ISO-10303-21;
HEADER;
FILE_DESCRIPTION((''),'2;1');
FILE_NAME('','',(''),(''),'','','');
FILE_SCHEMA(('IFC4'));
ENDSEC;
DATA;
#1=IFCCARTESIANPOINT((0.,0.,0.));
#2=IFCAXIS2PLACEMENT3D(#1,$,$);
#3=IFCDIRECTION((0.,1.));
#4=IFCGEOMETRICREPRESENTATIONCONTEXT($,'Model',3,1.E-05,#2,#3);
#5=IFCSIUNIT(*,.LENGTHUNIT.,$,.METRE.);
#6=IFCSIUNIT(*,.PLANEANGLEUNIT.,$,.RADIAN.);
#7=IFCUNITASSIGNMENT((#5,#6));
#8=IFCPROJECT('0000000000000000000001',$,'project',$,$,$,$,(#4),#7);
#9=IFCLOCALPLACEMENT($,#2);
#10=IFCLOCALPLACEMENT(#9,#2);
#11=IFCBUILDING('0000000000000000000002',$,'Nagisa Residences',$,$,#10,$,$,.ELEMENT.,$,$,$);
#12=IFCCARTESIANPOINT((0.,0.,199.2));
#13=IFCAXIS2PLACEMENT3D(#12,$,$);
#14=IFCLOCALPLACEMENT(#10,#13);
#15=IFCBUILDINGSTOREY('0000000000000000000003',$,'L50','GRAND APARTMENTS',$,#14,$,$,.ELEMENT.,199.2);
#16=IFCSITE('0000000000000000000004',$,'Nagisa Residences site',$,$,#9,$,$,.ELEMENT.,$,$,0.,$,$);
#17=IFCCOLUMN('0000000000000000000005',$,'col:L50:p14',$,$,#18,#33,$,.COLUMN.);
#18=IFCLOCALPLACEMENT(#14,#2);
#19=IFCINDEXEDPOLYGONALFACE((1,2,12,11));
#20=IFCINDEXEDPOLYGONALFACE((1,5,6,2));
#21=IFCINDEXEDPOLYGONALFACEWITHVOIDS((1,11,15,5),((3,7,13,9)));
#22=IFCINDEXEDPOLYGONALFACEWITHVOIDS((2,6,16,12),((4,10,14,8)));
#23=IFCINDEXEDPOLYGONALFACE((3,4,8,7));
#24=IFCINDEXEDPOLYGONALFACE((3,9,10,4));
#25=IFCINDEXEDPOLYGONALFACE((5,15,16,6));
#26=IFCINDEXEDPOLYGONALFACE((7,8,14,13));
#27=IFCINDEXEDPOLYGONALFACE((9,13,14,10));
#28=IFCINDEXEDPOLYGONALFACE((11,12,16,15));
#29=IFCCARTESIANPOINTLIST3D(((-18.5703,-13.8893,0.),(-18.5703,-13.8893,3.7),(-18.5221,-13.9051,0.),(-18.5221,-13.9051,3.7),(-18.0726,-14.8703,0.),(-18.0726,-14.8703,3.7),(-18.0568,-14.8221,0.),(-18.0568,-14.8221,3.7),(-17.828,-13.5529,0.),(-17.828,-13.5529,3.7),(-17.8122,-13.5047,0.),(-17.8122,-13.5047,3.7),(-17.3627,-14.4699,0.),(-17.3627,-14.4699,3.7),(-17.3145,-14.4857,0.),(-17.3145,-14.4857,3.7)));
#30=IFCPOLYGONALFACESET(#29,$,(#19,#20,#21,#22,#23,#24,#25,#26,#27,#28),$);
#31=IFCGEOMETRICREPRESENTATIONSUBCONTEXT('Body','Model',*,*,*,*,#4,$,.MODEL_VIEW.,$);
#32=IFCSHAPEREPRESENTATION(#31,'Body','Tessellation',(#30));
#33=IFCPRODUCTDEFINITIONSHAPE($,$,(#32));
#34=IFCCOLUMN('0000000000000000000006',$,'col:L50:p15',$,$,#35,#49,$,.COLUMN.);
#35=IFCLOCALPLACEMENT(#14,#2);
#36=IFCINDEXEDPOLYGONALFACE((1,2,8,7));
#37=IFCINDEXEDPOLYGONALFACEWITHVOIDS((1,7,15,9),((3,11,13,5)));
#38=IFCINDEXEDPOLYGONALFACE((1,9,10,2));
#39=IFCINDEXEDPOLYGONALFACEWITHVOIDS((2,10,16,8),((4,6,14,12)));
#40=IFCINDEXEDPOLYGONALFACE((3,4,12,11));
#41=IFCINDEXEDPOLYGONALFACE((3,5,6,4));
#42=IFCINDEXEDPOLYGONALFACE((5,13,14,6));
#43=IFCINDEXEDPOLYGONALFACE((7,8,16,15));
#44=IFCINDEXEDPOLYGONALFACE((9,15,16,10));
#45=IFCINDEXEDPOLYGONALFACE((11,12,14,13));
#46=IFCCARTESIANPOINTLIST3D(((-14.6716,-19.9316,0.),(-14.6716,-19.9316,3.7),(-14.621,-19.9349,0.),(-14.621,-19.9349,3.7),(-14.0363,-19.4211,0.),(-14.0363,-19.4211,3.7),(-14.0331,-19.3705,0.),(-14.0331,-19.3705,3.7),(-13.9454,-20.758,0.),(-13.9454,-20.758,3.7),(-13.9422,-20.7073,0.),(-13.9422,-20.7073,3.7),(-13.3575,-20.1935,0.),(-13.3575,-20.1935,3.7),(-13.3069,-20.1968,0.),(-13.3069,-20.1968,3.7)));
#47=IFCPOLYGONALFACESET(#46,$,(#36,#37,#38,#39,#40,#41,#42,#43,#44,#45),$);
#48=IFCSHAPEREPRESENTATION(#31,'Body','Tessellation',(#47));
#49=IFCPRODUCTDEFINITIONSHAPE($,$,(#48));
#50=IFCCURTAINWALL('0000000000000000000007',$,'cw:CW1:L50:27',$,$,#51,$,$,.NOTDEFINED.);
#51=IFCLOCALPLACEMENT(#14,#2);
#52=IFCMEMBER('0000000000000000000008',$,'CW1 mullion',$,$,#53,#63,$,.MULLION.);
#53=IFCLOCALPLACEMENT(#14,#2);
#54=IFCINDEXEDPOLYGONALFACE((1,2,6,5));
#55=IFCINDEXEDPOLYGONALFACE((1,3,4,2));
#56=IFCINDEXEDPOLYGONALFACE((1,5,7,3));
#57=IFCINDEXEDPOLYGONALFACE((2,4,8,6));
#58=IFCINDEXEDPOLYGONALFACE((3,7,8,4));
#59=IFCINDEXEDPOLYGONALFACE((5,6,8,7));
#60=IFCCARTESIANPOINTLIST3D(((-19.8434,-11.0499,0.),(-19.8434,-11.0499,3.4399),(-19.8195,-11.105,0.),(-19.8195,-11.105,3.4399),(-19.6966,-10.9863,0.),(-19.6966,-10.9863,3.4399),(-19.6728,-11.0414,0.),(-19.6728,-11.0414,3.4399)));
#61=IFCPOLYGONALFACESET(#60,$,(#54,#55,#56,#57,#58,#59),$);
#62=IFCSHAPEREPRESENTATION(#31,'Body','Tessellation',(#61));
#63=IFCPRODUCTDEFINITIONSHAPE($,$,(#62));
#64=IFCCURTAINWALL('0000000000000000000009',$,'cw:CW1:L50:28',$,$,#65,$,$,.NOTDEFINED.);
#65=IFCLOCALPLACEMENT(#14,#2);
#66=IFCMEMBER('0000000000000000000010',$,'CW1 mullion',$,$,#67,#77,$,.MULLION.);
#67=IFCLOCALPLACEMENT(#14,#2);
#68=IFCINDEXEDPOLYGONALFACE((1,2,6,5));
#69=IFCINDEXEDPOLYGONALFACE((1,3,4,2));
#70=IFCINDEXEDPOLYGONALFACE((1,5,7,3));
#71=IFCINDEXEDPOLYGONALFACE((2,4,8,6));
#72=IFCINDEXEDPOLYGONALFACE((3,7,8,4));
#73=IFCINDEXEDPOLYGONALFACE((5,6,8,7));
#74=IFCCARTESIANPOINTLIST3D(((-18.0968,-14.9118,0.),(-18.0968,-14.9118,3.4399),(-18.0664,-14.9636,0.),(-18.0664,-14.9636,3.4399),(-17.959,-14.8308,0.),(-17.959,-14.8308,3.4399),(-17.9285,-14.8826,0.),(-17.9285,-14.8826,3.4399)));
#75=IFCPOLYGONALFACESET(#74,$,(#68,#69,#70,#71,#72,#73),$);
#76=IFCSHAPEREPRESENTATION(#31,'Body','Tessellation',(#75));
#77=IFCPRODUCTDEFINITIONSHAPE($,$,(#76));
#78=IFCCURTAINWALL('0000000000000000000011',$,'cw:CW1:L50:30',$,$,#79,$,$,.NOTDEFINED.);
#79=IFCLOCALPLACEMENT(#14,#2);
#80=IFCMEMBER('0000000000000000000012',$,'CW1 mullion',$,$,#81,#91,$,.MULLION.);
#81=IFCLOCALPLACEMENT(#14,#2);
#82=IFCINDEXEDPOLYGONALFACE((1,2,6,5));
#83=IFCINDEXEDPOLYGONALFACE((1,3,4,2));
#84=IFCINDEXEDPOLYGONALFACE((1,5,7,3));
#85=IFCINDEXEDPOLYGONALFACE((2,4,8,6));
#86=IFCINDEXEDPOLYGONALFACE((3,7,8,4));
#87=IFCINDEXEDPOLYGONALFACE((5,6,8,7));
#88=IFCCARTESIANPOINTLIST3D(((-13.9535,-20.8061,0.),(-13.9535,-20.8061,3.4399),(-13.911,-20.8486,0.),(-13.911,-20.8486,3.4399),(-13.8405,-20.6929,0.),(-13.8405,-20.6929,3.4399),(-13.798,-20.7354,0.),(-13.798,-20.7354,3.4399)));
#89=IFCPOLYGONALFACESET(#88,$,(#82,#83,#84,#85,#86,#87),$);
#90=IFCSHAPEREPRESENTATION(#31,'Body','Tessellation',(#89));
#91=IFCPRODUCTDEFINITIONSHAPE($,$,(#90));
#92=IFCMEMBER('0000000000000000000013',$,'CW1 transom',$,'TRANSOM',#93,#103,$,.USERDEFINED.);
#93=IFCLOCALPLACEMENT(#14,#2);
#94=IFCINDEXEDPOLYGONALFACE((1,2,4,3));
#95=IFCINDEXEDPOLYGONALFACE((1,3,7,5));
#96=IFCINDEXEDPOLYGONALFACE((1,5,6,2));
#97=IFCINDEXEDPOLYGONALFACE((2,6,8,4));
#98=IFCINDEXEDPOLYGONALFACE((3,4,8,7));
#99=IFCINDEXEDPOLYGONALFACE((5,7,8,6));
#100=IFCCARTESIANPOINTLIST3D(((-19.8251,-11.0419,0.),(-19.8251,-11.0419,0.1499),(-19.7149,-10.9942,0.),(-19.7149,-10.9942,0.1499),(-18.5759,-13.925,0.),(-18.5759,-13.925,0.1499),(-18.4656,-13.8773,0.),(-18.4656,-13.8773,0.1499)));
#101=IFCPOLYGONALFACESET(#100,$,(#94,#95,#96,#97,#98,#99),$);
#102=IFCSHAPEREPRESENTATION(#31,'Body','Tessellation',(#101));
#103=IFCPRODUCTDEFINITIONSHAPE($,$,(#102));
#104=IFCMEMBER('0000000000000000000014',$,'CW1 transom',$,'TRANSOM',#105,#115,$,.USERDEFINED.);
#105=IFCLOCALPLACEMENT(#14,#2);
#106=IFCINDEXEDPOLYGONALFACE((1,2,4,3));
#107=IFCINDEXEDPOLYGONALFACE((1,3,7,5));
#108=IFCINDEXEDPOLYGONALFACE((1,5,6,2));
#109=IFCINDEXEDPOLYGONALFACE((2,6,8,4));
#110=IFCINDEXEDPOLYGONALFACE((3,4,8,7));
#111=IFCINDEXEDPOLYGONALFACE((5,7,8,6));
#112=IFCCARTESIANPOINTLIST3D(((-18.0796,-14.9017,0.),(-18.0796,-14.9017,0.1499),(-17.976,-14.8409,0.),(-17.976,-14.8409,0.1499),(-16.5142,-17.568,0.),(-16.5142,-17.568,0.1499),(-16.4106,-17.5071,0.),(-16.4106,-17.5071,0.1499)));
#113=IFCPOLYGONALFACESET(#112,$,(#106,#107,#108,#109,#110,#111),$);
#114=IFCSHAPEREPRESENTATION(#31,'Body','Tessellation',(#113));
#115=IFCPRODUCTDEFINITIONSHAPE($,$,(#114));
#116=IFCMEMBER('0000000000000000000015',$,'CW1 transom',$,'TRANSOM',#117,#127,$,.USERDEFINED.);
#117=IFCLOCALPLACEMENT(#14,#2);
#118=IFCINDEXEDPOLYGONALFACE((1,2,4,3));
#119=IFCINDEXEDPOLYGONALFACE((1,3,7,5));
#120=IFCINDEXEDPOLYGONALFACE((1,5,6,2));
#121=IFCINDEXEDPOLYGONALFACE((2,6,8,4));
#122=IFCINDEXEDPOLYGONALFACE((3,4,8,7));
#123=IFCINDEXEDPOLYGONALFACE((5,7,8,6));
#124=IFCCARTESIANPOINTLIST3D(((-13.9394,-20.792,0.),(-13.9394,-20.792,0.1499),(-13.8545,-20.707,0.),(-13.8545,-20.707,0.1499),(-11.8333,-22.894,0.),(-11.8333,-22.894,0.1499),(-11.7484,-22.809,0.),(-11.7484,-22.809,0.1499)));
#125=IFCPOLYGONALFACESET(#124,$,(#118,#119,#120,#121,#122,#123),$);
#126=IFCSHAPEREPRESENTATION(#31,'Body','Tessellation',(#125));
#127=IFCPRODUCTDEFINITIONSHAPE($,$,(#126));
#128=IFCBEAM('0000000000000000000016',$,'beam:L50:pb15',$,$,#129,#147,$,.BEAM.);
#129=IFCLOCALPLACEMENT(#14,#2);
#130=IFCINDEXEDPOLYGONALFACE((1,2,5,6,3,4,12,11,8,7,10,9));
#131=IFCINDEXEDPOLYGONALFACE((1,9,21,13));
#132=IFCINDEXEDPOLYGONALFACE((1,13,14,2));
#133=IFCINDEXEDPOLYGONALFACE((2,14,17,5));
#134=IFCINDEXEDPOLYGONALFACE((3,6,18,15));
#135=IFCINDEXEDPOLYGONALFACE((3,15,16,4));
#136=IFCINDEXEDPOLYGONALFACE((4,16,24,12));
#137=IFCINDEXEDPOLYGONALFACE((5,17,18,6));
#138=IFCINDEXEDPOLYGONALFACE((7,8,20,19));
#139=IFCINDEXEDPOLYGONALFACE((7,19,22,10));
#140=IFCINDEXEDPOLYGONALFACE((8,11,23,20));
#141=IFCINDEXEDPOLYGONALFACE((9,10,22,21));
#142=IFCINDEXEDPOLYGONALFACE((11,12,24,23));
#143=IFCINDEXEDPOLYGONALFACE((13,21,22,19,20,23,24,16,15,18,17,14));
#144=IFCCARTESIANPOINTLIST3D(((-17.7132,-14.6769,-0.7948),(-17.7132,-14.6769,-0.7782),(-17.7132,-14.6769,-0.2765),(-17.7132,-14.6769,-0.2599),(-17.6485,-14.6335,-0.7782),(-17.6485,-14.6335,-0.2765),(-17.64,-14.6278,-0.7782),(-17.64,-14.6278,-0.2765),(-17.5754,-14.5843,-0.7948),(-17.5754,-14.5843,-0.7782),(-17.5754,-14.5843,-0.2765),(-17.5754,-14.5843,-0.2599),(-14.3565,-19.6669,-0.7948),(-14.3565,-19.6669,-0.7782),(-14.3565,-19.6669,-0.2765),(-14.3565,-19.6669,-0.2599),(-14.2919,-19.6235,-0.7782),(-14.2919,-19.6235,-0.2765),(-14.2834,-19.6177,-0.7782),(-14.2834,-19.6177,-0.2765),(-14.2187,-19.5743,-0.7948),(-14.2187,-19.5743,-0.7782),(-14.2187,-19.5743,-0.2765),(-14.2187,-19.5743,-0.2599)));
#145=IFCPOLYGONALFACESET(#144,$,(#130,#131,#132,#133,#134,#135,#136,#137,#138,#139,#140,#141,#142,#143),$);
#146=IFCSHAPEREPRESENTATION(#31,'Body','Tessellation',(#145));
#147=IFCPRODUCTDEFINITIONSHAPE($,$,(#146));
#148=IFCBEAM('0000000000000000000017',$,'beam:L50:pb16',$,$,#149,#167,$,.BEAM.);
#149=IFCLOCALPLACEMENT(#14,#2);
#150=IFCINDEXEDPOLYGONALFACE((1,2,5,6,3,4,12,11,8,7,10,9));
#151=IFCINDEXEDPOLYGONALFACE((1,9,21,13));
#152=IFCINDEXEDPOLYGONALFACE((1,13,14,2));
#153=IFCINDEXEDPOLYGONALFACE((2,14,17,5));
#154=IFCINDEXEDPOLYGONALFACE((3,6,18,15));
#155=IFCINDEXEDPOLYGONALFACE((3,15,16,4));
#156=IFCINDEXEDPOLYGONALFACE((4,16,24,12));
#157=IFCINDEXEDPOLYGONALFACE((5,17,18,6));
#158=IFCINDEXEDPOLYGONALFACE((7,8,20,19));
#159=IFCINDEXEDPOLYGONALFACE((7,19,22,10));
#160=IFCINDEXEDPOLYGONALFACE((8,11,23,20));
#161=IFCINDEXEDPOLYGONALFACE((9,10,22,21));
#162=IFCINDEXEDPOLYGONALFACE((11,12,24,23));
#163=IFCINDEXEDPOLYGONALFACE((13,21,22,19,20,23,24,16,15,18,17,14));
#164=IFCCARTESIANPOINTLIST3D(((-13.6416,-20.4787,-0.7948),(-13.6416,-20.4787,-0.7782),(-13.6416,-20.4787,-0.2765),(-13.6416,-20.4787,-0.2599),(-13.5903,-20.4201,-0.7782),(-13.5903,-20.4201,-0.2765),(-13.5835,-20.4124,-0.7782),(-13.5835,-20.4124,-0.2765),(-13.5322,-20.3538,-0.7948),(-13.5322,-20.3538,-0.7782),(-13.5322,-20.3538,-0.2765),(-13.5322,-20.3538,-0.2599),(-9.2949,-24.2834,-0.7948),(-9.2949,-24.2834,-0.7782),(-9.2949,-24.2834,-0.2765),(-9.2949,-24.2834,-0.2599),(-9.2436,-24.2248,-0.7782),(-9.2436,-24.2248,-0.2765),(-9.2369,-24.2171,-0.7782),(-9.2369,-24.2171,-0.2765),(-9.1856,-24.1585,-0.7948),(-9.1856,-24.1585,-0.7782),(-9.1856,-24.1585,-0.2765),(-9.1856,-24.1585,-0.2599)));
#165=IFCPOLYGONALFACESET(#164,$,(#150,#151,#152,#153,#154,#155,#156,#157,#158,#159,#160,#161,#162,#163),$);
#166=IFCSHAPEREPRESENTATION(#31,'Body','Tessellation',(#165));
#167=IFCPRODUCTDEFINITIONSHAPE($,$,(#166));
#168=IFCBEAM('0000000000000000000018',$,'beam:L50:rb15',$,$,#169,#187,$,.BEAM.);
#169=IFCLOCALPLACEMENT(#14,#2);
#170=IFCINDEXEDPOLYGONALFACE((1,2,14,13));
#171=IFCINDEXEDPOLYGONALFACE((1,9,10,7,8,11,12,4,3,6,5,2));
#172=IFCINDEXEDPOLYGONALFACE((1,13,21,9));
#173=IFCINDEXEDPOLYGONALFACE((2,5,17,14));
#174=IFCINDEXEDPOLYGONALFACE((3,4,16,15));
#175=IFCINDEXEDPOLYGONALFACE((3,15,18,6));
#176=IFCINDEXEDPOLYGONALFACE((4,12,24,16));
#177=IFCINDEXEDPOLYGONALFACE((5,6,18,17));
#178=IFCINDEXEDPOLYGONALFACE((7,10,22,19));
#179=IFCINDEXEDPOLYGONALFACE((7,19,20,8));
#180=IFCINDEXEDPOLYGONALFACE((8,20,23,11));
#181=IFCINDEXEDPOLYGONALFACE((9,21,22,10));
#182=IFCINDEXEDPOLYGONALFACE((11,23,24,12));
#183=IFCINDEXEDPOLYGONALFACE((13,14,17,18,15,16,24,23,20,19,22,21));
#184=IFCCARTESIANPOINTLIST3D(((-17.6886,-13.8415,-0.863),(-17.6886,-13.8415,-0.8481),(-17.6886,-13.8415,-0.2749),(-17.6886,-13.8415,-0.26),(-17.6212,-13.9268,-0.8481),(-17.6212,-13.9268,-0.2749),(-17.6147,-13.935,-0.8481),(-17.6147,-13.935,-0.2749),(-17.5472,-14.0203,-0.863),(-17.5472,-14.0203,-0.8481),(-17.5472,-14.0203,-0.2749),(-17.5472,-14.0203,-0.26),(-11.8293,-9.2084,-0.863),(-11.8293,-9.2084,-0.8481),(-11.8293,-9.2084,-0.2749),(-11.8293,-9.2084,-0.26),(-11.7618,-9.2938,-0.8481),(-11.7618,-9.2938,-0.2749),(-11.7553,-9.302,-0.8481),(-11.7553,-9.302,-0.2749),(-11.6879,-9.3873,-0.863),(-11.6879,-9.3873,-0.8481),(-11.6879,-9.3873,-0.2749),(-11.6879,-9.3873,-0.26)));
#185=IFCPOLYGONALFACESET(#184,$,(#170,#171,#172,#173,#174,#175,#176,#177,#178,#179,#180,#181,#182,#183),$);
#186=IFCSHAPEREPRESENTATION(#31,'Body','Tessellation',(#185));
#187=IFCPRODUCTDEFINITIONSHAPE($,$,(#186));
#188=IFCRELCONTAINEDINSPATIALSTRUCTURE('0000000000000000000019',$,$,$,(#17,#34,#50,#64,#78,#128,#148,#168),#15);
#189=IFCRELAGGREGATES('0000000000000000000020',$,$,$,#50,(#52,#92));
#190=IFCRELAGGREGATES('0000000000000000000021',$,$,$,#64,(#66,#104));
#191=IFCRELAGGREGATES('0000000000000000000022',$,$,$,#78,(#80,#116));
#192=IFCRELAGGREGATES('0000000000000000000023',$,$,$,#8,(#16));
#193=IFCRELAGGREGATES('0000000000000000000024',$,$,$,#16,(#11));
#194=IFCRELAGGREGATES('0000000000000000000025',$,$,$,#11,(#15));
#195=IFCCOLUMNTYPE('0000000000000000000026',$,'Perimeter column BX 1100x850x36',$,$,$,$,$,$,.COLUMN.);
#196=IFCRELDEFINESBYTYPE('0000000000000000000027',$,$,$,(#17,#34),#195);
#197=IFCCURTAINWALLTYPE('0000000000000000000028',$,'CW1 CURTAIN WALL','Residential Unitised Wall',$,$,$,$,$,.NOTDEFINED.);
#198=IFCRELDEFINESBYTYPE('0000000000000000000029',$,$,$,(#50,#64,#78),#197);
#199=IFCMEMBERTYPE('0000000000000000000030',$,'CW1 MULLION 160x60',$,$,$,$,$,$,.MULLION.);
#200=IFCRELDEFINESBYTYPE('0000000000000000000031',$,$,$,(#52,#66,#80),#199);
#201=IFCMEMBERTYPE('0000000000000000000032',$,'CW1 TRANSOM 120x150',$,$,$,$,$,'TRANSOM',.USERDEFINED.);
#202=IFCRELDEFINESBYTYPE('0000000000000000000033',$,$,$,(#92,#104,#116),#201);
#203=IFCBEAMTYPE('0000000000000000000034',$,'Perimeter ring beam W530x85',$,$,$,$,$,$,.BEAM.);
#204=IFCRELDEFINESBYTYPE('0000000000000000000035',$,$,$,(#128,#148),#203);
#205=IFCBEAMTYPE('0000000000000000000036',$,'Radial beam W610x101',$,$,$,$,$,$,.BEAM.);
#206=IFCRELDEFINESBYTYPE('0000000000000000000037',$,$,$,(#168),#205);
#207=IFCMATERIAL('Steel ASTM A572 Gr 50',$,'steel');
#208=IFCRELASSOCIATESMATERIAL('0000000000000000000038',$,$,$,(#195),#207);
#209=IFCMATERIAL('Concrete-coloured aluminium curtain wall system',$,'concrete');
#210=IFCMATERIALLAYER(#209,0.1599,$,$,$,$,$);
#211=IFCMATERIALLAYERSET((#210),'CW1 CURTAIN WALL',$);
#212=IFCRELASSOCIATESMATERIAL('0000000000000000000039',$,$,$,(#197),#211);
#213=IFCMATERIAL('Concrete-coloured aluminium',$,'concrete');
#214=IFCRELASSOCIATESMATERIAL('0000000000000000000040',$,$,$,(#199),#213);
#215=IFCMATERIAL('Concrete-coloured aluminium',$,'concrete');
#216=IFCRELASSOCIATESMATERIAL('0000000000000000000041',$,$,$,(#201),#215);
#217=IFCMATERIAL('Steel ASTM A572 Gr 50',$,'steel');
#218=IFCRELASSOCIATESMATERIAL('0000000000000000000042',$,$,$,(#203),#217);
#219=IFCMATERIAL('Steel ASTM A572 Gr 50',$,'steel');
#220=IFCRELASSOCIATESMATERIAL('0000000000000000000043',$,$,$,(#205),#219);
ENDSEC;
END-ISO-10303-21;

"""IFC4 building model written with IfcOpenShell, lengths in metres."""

from ifc_helpers import new_model, si_unit, direction, frame, origin, origin_2d, place, context, subcontext, project, spatial, rectangle, hollow_rectangle, i_section, extrude, material, layer, layer_set, material_profile, profile_set, type_object, element, aggregate, save


model = new_model("IFC4")

# Units and contexts
model_context = context("Model", 3, precision=1e-05, world=origin(), true_north=direction((0.0, 1.0)))
body_context = subcontext(model_context, "Body", "Model", "MODEL_VIEW")
ifc_project = project(units=[si_unit("LENGTHUNIT", "METRE"), si_unit("PLANEANGLEUNIT", "RADIAN")], contexts=[model_context])

# Site, building, storey
site_placement = place(None, origin())
site = spatial("IfcSite", under=ifc_project, at=site_placement, Name="Nagisa Residences site", CompositionType="ELEMENT", RefElevation=0.0)
building_placement = place(site_placement, origin())
building = spatial("IfcBuilding", under=site, at=building_placement, Name="Nagisa Residences", CompositionType="ELEMENT")
storey_placement = place(building_placement, frame((0.0, 0.0, 199.2)))
storey = spatial("IfcBuildingStorey", under=building, at=storey_placement, Name="L50", Description="GRAND APARTMENTS", CompositionType="ELEMENT", Elevation=199.2)

# Columns
ifc_material_1 = material(Name="Steel ASTM A572 Gr 50", Category="steel")
ifc_material_profile_1 = material_profile(ifc_material_1, hollow_rectangle(XDim=1.1001, YDim=0.8501, WallThickness=0.0359, at=origin_2d()), Name="BX 1100x850x36")
ifc_profile_set_1 = profile_set([ifc_material_profile_1], Name="Steel ASTM A572 Gr 50")
column_type = type_object("IfcColumnType", Name="Perimeter column BX 1100x850x36", PredefinedType="COLUMN", material=ifc_profile_set_1)
for number, where, z_axis, x_axis, name in (
    (1, (-17.9424, -14.1875, 0.0), (0.0, 0.0, 1.0), (0.452463, -0.891783, 0.0), "col:L50:p14"),
    (2, (-13.9893, -20.0642, 0.0), (0.0, 0.0, 1.0), (0.660115, -0.751165, 0.0), "col:L50:p15"),
):
    element("IfcColumn", number, at=place(storey_placement, frame(where, z_axis=z_axis, x_axis=x_axis)), inside=storey, type_object=column_type, Name=name, PredefinedType="COLUMN", context=body_context, shape_type="SweptSolid", body=[
        extrude(hollow_rectangle(XDim=1.1001, YDim=0.8501, WallThickness=0.0359, at=origin_2d()), origin(), (0.0, 0.0, 1.0), 3.7),
    ])

# Curtain walls, members
ifc_material_2 = material(Name="Concrete-coloured aluminium curtain wall system", Category="concrete")
ifc_layer_1 = layer(ifc_material_2, 0.1599)
ifc_layer_set_1 = layer_set([ifc_layer_1], Name="CW1 CURTAIN WALL")
curtain_wall_type = type_object("IfcCurtainWallType", Name="CW1 CURTAIN WALL", Description="Residential Unitised Wall", PredefinedType="NOTDEFINED", material=ifc_layer_set_1)
curtain_wall_1_placement = place(storey_placement, origin())
curtain_wall_1 = element("IfcCurtainWall", 3, at=curtain_wall_1_placement, inside=storey, type_object=curtain_wall_type, Name="cw:CW1:L50:27", PredefinedType="NOTDEFINED")
ifc_material_3 = material(Name="Concrete-coloured aluminium", Category="concrete")
ifc_material_profile_2 = material_profile(ifc_material_3, rectangle(XDim=0.1599, YDim=0.0601, at=origin_2d()), Name="CW1 MULLION 160x60")
ifc_profile_set_2 = profile_set([ifc_material_profile_2], Name="Concrete-coloured aluminium")
member_type_1 = type_object("IfcMemberType", Name="CW1 MULLION 160x60", PredefinedType="MULLION", material=ifc_profile_set_2)
member_1_placement = place(storey_placement, frame((-19.7581, -11.0457, 0.0), z_axis=(0.0, 0.0, 1.0), x_axis=(0.917543, 0.397636, 0.0)))
member_1 = element("IfcMember", 4, at=member_1_placement, type_object=member_type_1, Name="CW1 mullion", PredefinedType="MULLION", context=body_context, shape_type="SweptSolid", body=[
    extrude(rectangle(XDim=0.1599, YDim=0.0601, at=origin_2d()), origin(), (0.0, 0.0, 1.0), 3.4399),
])
curtain_wall_2_placement = place(storey_placement, origin())
curtain_wall_2 = element("IfcCurtainWall", 5, at=curtain_wall_2_placement, inside=storey, type_object=curtain_wall_type, Name="cw:CW1:L50:28", PredefinedType="NOTDEFINED")
member_2_placement = place(storey_placement, frame((-18.0127, -14.8972, 0.0), z_axis=(0.0, 0.0, 1.0), x_axis=(0.862329, 0.506349, 0.0)))
member_2 = element("IfcMember", 6, at=member_2_placement, type_object=member_type_1, Name="CW1 mullion", PredefinedType="MULLION", context=body_context, shape_type="SweptSolid", body=[
    extrude(rectangle(XDim=0.1599, YDim=0.0601, at=origin_2d()), origin(), (0.0, 0.0, 1.0), 3.4399),
])
curtain_wall_3_placement = place(storey_placement, origin())
curtain_wall_3 = element("IfcCurtainWall", 7, at=curtain_wall_3_placement, inside=storey, type_object=curtain_wall_type, Name="cw:CW1:L50:30", PredefinedType="NOTDEFINED")
member_3_placement = place(storey_placement, frame((-13.8757, -20.7708, 0.0), z_axis=(0.0, 0.0, 1.0), x_axis=(0.706377, 0.707836, 0.0)))
member_3 = element("IfcMember", 8, at=member_3_placement, type_object=member_type_1, Name="CW1 mullion", PredefinedType="MULLION", context=body_context, shape_type="SweptSolid", body=[
    extrude(rectangle(XDim=0.1599, YDim=0.0601, at=origin_2d()), origin(), (0.0, 0.0, 1.0), 3.4399),
])

# Members
ifc_material_4 = material(Name="Concrete-coloured aluminium", Category="concrete")
ifc_material_profile_3 = material_profile(ifc_material_4, rectangle(XDim=0.1201, YDim=0.1499, at=origin_2d()), Name="CW1 TRANSOM 120x150")
ifc_profile_set_3 = profile_set([ifc_material_profile_3], Name="Concrete-coloured aluminium")
member_type_2 = type_object("IfcMemberType", Name="CW1 TRANSOM 120x150", ElementType="TRANSOM", PredefinedType="USERDEFINED", material=ifc_profile_set_3)
member_4_placement = place(storey_placement, frame((-19.77, -11.0181, 0.075), z_axis=(0.397592, -0.917562, 0.0), x_axis=(0.917562, 0.397592, 0.0)))
member_4 = element("IfcMember", 9, at=member_4_placement, type_object=member_type_2, Name="CW1 transom", ObjectType="TRANSOM", PredefinedType="USERDEFINED", context=body_context, shape_type="SweptSolid", body=[
    extrude(rectangle(XDim=0.1201, YDim=0.1499, at=origin_2d()), origin(), (0.0, 0.0, 1.0), 3.1421),
])
member_5_placement = place(storey_placement, frame((-18.0278, -14.8713, 0.075), z_axis=(0.506309, -0.862352, 0.0), x_axis=(0.862352, 0.506309, 0.0)))
member_5 = element("IfcMember", 10, at=member_5_placement, type_object=member_type_2, Name="CW1 transom", ObjectType="TRANSOM", PredefinedType="USERDEFINED", context=body_context, shape_type="SweptSolid", body=[
    extrude(rectangle(XDim=0.1201, YDim=0.1499, at=origin_2d()), origin(), (0.0, 0.0, 1.0), 3.0918),
])
member_6_placement = place(storey_placement, frame((-13.897, -20.7495, 0.075), z_axis=(0.707804, -0.706409, 0.0), x_axis=(0.706409, 0.707804, 0.0)))
member_6 = element("IfcMember", 11, at=member_6_placement, type_object=member_type_2, Name="CW1 transom", ObjectType="TRANSOM", PredefinedType="USERDEFINED", context=body_context, shape_type="SweptSolid", body=[
    extrude(rectangle(XDim=0.1201, YDim=0.1499, at=origin_2d()), origin(), (0.0, 0.0, 1.0), 2.9756),
])

# Beams
ifc_material_5 = material(Name="Steel ASTM A572 Gr 50", Category="steel")
ifc_material_profile_4 = material_profile(ifc_material_5, i_section(OverallWidth=0.166, OverallDepth=0.5349, WebThickness=0.0103, FlangeThickness=0.0166, at=origin_2d()), Name="W530x85")
ifc_profile_set_4 = profile_set([ifc_material_profile_4], Name="Steel ASTM A572 Gr 50")
beam_type_1 = type_object("IfcBeamType", Name="Perimeter ring beam W530x85", PredefinedType="BEAM", material=ifc_profile_set_4)
beam_1_placement = place(storey_placement, frame((-17.6443, -14.6306, -0.5273), z_axis=(0.558152, -0.829739, 0.0), x_axis=(0.829739, 0.558152, 0.0)))
element("IfcBeam", 12, at=beam_1_placement, inside=storey, type_object=beam_type_1, Name="beam:L50:pb15", PredefinedType="BEAM", context=body_context, shape_type="SweptSolid", body=[
    extrude(i_section(OverallWidth=0.166, OverallDepth=0.5349, WebThickness=0.0103, FlangeThickness=0.0166, at=origin_2d()), origin(), (0.0, 0.0, 1.0), 6.0139),
])
beam_2_placement = place(storey_placement, frame((-13.5869, -20.4163, -0.5273), z_axis=(0.752461, -0.658636, 0.0), x_axis=(0.658636, 0.752461, 0.0)))
element("IfcBeam", 13, at=beam_2_placement, inside=storey, type_object=beam_type_1, Name="beam:L50:pb16", PredefinedType="BEAM", context=body_context, shape_type="SweptSolid", body=[
    extrude(i_section(OverallWidth=0.166, OverallDepth=0.5349, WebThickness=0.0103, FlangeThickness=0.0166, at=origin_2d()), origin(), (0.0, 0.0, 1.0), 5.7766),
])
ifc_material_6 = material(Name="Steel ASTM A572 Gr 50", Category="steel")
ifc_material_profile_5 = material_profile(ifc_material_6, i_section(OverallWidth=0.228, OverallDepth=0.603, WebThickness=0.0105, FlangeThickness=0.0149, at=origin_2d()), Name="W610x101")
ifc_profile_set_5 = profile_set([ifc_material_profile_5], Name="Steel ASTM A572 Gr 50")
beam_type_2 = type_object("IfcBeamType", Name="Radial beam W610x101", PredefinedType="BEAM", material=ifc_profile_set_5)
beam_3_placement = place(storey_placement, frame((-17.6179, -13.9309, -0.5615), z_axis=(0.784412, 0.620241, 0.0), x_axis=(-0.620241, 0.784412, 0.0)))
element("IfcBeam", 14, at=beam_3_placement, inside=storey, type_object=beam_type_2, Name="beam:L50:rb15", PredefinedType="BEAM", context=body_context, shape_type="SweptSolid", body=[
    extrude(i_section(OverallWidth=0.228, OverallDepth=0.603, WebThickness=0.0105, FlangeThickness=0.0149, at=origin_2d()), origin(), (0.0, 0.0, 1.0), 7.4697),
])

aggregate(curtain_wall_1, [member_1, member_4])
aggregate(curtain_wall_2, [member_2, member_5])
aggregate(curtain_wall_3, [member_3, member_6])

save(model, "model.ifc")
